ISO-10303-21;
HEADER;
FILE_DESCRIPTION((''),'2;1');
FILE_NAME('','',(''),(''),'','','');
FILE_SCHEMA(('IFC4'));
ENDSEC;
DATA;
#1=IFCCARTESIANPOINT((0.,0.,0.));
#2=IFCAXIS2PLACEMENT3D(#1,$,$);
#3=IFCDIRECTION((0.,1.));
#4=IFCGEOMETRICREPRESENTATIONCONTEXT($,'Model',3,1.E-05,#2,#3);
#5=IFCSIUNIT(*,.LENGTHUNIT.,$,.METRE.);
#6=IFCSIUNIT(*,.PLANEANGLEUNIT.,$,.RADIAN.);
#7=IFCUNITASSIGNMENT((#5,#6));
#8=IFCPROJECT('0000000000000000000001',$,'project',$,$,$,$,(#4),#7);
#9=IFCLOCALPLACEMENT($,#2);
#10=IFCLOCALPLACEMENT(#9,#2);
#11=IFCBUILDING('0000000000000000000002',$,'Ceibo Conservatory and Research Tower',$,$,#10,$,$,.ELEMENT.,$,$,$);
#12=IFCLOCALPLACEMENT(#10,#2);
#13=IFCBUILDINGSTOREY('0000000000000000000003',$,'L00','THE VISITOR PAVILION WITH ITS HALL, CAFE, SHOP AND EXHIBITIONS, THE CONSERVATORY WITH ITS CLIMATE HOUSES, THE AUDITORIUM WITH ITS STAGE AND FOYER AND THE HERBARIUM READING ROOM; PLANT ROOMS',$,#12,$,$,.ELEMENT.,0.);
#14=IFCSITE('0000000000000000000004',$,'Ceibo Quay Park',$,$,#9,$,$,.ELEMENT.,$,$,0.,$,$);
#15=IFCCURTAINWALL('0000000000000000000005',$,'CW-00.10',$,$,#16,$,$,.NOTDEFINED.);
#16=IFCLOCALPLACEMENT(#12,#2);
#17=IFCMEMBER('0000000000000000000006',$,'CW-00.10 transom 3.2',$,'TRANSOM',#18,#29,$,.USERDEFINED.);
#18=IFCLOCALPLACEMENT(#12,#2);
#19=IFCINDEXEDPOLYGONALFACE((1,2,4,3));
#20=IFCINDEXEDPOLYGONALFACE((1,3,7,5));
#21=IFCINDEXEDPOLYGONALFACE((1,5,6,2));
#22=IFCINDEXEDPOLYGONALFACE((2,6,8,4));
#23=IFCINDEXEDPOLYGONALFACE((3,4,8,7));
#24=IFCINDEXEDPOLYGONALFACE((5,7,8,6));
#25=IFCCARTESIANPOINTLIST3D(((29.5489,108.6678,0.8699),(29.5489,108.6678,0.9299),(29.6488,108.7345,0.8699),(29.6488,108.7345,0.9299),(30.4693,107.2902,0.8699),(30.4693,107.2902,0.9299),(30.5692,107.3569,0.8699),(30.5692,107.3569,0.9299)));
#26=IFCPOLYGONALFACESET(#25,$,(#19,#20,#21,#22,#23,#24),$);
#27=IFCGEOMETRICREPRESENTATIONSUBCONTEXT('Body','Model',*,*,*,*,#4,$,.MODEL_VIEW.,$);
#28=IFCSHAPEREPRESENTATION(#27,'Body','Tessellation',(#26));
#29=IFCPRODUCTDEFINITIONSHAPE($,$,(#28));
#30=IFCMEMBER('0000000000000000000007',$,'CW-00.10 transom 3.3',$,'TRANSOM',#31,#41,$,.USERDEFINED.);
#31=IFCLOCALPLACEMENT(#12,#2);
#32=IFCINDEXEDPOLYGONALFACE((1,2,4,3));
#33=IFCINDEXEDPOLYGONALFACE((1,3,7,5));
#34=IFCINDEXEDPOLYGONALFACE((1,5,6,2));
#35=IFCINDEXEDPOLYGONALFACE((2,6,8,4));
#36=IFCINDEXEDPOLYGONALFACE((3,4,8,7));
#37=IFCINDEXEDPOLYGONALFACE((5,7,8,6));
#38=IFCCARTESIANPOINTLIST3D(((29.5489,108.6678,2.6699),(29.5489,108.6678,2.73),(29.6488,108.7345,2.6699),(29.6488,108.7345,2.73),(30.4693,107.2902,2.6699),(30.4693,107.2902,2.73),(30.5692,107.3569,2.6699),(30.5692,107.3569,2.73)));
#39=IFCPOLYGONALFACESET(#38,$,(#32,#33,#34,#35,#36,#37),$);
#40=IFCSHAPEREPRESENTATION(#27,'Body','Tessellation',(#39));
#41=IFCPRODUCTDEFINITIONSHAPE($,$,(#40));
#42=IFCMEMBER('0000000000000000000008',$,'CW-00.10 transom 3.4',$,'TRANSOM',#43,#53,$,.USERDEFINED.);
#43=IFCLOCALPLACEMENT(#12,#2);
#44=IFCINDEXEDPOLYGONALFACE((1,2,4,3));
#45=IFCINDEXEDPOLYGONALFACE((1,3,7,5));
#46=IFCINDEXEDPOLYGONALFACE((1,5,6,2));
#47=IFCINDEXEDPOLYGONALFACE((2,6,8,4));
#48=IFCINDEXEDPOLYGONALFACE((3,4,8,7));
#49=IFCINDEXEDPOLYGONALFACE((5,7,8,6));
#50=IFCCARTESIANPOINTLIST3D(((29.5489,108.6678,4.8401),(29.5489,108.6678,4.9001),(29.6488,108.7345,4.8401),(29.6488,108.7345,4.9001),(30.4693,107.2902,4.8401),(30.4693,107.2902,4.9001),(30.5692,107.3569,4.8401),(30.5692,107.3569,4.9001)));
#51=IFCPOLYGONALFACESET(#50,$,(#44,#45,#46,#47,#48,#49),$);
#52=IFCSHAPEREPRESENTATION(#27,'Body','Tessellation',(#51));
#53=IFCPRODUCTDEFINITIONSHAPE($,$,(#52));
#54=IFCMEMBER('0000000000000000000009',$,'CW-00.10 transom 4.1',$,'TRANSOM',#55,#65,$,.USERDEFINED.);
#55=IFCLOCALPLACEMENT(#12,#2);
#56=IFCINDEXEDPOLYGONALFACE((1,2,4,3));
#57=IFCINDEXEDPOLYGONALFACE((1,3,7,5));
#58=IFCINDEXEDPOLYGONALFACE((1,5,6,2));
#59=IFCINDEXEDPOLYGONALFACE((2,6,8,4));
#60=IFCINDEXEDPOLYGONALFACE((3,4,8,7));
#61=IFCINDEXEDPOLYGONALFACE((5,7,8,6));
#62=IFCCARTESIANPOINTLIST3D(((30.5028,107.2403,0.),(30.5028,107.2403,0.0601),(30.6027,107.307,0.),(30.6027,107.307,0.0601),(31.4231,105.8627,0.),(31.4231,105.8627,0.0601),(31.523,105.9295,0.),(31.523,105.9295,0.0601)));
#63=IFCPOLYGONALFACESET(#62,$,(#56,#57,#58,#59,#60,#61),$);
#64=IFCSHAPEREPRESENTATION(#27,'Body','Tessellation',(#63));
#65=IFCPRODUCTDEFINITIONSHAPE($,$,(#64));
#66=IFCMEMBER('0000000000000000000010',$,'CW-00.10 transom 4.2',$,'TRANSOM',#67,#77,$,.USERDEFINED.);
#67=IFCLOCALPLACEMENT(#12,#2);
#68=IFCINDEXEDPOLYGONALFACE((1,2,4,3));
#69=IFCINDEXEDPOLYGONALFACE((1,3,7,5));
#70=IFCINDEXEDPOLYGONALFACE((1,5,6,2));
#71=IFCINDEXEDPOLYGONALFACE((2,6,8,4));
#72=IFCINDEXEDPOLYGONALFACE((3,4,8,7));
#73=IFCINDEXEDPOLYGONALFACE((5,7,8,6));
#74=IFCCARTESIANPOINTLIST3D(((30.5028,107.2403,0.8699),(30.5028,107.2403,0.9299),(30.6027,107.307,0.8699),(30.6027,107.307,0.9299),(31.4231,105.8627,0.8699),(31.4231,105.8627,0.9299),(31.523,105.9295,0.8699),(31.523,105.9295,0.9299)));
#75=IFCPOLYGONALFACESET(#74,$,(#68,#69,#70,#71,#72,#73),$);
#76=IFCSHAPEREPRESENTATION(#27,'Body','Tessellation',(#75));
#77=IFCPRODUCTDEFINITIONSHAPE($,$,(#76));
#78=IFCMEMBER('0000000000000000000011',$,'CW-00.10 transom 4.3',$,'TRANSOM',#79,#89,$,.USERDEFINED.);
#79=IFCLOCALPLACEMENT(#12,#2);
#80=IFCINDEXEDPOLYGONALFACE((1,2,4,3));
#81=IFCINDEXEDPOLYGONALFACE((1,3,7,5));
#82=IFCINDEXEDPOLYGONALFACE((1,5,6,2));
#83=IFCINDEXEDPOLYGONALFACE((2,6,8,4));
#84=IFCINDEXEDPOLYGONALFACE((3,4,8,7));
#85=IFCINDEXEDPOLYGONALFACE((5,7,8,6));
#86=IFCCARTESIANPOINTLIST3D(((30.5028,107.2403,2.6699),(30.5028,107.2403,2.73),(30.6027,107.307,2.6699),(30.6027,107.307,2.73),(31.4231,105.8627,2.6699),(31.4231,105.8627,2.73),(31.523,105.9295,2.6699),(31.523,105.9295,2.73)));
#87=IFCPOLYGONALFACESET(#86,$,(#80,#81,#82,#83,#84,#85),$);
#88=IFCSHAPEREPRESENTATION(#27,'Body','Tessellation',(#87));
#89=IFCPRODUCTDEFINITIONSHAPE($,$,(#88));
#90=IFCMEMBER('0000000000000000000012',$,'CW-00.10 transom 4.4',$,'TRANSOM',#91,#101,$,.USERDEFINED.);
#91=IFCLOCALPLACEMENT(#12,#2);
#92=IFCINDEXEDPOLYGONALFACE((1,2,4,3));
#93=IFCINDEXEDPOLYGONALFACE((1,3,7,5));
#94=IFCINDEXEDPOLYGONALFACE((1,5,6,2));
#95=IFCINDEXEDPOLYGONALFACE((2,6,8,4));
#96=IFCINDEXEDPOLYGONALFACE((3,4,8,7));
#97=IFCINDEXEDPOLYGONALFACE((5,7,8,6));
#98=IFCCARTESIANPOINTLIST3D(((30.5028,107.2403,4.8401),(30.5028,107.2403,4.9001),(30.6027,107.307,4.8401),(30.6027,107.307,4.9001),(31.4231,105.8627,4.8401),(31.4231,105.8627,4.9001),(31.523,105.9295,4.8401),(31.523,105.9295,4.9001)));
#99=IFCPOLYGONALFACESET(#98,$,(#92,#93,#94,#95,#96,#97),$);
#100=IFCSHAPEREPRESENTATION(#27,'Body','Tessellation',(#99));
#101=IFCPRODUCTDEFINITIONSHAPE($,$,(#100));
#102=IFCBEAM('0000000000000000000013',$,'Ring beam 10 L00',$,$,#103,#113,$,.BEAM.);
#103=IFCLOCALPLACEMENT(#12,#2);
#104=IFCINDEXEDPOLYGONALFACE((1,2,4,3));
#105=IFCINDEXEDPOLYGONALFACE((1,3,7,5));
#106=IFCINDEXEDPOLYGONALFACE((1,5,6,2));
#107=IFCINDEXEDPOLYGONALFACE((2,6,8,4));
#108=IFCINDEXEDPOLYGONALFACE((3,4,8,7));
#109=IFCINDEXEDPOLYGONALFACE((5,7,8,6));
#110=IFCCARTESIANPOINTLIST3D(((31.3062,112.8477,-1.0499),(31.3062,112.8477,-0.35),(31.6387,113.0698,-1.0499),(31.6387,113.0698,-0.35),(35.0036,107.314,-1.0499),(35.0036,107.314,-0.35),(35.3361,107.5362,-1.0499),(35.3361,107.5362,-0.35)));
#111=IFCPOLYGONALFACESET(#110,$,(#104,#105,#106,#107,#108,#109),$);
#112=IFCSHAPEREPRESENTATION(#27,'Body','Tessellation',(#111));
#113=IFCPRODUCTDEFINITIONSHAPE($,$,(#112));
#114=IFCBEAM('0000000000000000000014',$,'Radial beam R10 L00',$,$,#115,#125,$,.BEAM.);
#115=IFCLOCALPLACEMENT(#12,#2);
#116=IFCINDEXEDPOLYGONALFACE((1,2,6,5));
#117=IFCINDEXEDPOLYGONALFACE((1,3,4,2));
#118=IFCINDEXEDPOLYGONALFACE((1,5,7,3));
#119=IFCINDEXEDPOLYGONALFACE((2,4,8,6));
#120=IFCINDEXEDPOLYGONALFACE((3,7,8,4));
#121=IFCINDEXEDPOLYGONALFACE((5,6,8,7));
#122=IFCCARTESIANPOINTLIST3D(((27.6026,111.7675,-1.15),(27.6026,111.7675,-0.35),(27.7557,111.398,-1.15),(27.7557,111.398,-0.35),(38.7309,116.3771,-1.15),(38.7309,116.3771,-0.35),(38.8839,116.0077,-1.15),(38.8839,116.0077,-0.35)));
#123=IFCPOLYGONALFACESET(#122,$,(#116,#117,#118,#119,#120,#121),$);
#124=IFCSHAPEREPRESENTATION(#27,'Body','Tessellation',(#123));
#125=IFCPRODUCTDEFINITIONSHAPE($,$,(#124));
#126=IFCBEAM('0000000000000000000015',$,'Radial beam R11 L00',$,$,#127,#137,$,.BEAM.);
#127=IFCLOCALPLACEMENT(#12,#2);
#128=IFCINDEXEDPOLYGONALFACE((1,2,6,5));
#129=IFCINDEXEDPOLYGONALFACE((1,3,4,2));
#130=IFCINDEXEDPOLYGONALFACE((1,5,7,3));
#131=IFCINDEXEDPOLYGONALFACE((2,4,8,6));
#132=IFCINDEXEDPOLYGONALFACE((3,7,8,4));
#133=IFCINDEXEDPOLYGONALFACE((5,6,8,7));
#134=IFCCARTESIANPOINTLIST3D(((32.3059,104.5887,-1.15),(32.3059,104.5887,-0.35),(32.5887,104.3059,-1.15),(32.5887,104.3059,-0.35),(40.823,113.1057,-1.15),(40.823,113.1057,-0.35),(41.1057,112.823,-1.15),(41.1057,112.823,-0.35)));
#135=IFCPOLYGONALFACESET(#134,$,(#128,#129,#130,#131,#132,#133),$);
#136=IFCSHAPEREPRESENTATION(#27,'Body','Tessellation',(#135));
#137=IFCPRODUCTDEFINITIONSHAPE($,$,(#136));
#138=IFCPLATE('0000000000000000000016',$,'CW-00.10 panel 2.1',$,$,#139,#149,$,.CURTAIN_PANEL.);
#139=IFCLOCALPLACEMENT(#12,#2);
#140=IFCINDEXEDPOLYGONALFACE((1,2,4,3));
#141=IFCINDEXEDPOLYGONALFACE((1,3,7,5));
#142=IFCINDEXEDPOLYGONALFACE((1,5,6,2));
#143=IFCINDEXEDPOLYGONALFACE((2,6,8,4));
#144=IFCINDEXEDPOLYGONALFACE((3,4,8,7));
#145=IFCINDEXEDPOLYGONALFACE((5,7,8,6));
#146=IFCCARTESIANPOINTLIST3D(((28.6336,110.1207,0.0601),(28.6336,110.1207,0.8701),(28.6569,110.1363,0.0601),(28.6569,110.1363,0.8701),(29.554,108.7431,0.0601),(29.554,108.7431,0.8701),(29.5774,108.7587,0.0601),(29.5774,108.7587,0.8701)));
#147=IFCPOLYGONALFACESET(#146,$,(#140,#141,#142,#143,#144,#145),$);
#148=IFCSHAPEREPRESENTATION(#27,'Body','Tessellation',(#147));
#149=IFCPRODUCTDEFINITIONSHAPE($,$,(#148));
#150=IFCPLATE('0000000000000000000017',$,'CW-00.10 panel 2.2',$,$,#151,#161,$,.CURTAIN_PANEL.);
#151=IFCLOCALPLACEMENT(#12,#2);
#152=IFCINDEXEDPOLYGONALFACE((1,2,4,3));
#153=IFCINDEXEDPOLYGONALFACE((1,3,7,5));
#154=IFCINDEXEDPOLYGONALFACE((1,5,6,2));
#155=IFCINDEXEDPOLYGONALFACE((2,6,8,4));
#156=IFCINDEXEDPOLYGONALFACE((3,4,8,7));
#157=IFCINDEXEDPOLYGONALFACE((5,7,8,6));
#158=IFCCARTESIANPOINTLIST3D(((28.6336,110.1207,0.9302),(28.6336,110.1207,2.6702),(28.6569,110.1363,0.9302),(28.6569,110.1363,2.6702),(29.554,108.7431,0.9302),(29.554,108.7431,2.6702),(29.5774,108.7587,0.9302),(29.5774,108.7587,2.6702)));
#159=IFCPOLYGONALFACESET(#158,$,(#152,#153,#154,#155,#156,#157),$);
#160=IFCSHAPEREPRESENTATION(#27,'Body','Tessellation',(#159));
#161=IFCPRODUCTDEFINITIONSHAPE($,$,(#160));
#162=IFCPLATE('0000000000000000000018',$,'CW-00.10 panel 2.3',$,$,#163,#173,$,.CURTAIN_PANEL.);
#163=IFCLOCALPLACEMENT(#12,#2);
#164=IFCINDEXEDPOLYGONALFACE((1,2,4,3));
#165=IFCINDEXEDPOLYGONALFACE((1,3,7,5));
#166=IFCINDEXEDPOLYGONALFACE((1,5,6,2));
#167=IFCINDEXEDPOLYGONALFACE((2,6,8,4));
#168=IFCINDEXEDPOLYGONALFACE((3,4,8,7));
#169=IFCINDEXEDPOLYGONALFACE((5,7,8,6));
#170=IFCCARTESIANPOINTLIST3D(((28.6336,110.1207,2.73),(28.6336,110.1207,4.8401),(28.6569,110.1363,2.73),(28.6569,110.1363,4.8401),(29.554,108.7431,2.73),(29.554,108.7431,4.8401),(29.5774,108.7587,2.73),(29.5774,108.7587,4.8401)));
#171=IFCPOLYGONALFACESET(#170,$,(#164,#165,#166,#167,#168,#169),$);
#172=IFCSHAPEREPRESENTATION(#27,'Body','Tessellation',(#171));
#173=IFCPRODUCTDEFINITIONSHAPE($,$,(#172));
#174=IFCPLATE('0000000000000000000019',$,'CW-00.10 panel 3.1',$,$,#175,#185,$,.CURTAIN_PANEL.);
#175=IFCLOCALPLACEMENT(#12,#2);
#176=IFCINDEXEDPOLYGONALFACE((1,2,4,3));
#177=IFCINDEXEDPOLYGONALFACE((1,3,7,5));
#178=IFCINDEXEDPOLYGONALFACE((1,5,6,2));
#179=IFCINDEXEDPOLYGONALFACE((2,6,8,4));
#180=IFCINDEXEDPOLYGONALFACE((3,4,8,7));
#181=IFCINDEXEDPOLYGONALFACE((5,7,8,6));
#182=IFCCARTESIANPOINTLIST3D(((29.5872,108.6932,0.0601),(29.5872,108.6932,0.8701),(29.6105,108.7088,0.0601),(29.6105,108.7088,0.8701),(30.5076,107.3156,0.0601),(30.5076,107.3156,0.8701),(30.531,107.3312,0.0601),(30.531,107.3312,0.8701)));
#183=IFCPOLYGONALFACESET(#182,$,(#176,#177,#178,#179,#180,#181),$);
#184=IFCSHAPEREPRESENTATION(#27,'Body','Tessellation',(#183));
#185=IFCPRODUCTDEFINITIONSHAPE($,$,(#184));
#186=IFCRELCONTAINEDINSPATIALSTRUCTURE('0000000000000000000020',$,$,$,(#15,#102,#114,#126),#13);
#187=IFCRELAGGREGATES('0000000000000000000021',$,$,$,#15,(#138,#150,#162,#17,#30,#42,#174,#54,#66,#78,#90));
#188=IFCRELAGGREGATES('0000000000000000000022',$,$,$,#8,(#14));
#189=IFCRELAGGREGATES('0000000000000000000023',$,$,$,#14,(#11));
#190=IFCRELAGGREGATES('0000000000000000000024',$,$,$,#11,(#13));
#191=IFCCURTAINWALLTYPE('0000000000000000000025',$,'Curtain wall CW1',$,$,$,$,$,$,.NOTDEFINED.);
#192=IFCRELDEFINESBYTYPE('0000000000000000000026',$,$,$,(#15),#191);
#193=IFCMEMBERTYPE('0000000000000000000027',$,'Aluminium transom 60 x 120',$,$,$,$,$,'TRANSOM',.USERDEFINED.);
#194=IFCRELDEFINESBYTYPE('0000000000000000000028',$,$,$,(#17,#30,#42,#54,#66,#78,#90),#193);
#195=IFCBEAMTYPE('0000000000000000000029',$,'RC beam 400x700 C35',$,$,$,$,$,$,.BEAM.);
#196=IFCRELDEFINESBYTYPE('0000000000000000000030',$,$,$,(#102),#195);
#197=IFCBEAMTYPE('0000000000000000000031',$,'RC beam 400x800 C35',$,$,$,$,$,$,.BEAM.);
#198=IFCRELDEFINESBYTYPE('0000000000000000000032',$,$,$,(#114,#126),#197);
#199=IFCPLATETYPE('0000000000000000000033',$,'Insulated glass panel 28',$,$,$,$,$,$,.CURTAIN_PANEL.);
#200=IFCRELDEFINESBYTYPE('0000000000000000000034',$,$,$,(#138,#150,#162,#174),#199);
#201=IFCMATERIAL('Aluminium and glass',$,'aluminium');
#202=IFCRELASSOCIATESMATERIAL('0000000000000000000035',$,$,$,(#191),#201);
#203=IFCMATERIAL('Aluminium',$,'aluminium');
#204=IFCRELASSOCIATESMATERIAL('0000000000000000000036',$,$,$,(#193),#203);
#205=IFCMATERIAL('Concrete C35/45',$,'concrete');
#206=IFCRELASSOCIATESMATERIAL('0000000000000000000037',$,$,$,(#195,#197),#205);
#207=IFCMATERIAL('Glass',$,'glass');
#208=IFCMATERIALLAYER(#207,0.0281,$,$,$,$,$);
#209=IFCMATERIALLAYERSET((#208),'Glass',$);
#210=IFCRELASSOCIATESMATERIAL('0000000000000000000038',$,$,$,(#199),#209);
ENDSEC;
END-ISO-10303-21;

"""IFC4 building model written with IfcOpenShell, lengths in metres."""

from ifc_helpers import new_model, si_unit, direction, frame, origin, origin_2d, place, context, subcontext, project, spatial, rectangle, extrude, material, layer, layer_set, material_profile, profile_set, type_object, element, aggregate, save


model = new_model("IFC4")

# Units and contexts
model_context = context("Model", 3, precision=1e-05, world=origin(), true_north=direction((0.0, 1.0)))
body_context = subcontext(model_context, "Body", "Model", "MODEL_VIEW")
ifc_project = project(units=[si_unit("LENGTHUNIT", "METRE"), si_unit("PLANEANGLEUNIT", "RADIAN")], contexts=[model_context])

# Site, building, storey
site_placement = place(None, origin())
site = spatial("IfcSite", under=ifc_project, at=site_placement, Name="Ceibo Quay Park", CompositionType="ELEMENT", RefElevation=0.0)
building_placement = place(site_placement, origin())
building = spatial("IfcBuilding", under=site, at=building_placement, Name="Ceibo Conservatory and Research Tower", CompositionType="ELEMENT")
storey_placement = place(building_placement, origin())
storey = spatial("IfcBuildingStorey", under=building, at=storey_placement, Name="L00", Description="THE VISITOR PAVILION WITH ITS HALL, CAFE, SHOP AND EXHIBITIONS, THE CONSERVATORY WITH ITS CLIMATE HOUSES, THE AUDITORIUM WITH ITS STAGE AND FOYER AND THE HERBARIUM READING ROOM; PLANT ROOMS", CompositionType="ELEMENT", Elevation=0.0)

# Curtain wall, members
ifc_material_1 = material(Name="Aluminium and glass", Category="aluminium")
curtain_wall_type = type_object("IfcCurtainWallType", Name="Curtain wall CW1", PredefinedType="NOTDEFINED", material=ifc_material_1)
curtain_wall_placement = place(storey_placement, origin())
curtain_wall = element("IfcCurtainWall", 1, at=curtain_wall_placement, inside=storey, type_object=curtain_wall_type, Name="CW-00.10", PredefinedType="NOTDEFINED")
ifc_material_2 = material(Name="Aluminium", Category="aluminium")
ifc_material_profile_1 = material_profile(ifc_material_2, rectangle(XDim=0.1201, YDim=0.0601, at=origin_2d()), Name="Aluminium 60 x 120")
ifc_profile_set_1 = profile_set([ifc_material_profile_1], Name="Aluminium")
member_type_1 = type_object("IfcMemberType", Name="Aluminium transom 60 x 120", ElementType="TRANSOM", PredefinedType="USERDEFINED", material=ifc_profile_set_1)
member_1_placement = place(storey_placement, frame((29.5989, 108.7012, 0.8999), z_axis=(0.555516, -0.831506, 0.0), x_axis=(0.831506, 0.555516, 0.0)))
member_1 = element("IfcMember", 2, at=member_1_placement, type_object=member_type_1, Name="CW-00.10 transom 3.2", ObjectType="TRANSOM", PredefinedType="USERDEFINED", context=body_context, shape_type="SweptSolid", body=[
    extrude(rectangle(XDim=0.1201, YDim=0.0601, at=origin_2d()), origin(), (0.0, 0.0, 1.0), 1.6567),
])
member_2_placement = place(storey_placement, frame((29.5989, 108.7012, 2.7), z_axis=(0.555516, -0.831506, 0.0), x_axis=(0.831506, 0.555516, 0.0)))
member_2 = element("IfcMember", 3, at=member_2_placement, type_object=member_type_1, Name="CW-00.10 transom 3.3", ObjectType="TRANSOM", PredefinedType="USERDEFINED", context=body_context, shape_type="SweptSolid", body=[
    extrude(rectangle(XDim=0.1201, YDim=0.0601, at=origin_2d()), origin(), (0.0, 0.0, 1.0), 1.6567),
])
member_3_placement = place(storey_placement, frame((29.5989, 108.7012, 4.8701), z_axis=(0.555516, -0.831506, 0.0), x_axis=(0.831506, 0.555516, 0.0)))
member_3 = element("IfcMember", 4, at=member_3_placement, type_object=member_type_1, Name="CW-00.10 transom 3.4", ObjectType="TRANSOM", PredefinedType="USERDEFINED", context=body_context, shape_type="SweptSolid", body=[
    extrude(rectangle(XDim=0.1201, YDim=0.0601, at=origin_2d()), origin(), (0.0, 0.0, 1.0), 1.6567),
])
member_4_placement = place(storey_placement, frame((30.5527, 107.2737, 0.03), z_axis=(0.555516, -0.831506, 0.0), x_axis=(0.831506, 0.555516, 0.0)))
member_4 = element("IfcMember", 5, at=member_4_placement, type_object=member_type_1, Name="CW-00.10 transom 4.1", ObjectType="TRANSOM", PredefinedType="USERDEFINED", context=body_context, shape_type="SweptSolid", body=[
    extrude(rectangle(XDim=0.1201, YDim=0.0601, at=origin_2d()), origin(), (0.0, 0.0, 1.0), 1.6567),
])
member_5_placement = place(storey_placement, frame((30.5527, 107.2737, 0.8999), z_axis=(0.555516, -0.831506, 0.0), x_axis=(0.831506, 0.555516, 0.0)))
member_5 = element("IfcMember", 6, at=member_5_placement, type_object=member_type_1, Name="CW-00.10 transom 4.2", ObjectType="TRANSOM", PredefinedType="USERDEFINED", context=body_context, shape_type="SweptSolid", body=[
    extrude(rectangle(XDim=0.1201, YDim=0.0601, at=origin_2d()), origin(), (0.0, 0.0, 1.0), 1.6567),
])
member_6_placement = place(storey_placement, frame((30.5527, 107.2737, 2.7), z_axis=(0.555516, -0.831506, 0.0), x_axis=(0.831506, 0.555516, 0.0)))
member_6 = element("IfcMember", 7, at=member_6_placement, type_object=member_type_1, Name="CW-00.10 transom 4.3", ObjectType="TRANSOM", PredefinedType="USERDEFINED", context=body_context, shape_type="SweptSolid", body=[
    extrude(rectangle(XDim=0.1201, YDim=0.0601, at=origin_2d()), origin(), (0.0, 0.0, 1.0), 1.6567),
])
member_7_placement = place(storey_placement, frame((30.5527, 107.2737, 4.8701), z_axis=(0.555516, -0.831506, 0.0), x_axis=(0.831506, 0.555516, 0.0)))
member_7 = element("IfcMember", 8, at=member_7_placement, type_object=member_type_1, Name="CW-00.10 transom 4.4", ObjectType="TRANSOM", PredefinedType="USERDEFINED", context=body_context, shape_type="SweptSolid", body=[
    extrude(rectangle(XDim=0.1201, YDim=0.0601, at=origin_2d()), origin(), (0.0, 0.0, 1.0), 1.6567),
])

# Beams
ifc_material_3 = material(Name="Concrete C35/45", Category="concrete")
ifc_material_profile_2 = material_profile(ifc_material_3, rectangle(XDim=0.3999, YDim=0.7, at=origin_2d()), Name="RC 400x700")
ifc_profile_set_2 = profile_set([ifc_material_profile_2], Name="Concrete C35/45")
beam_type_1 = type_object("IfcBeamType", Name="RC beam 400x700 C35", PredefinedType="BEAM", material=ifc_profile_set_2)
beam_1_placement = place(storey_placement, frame((31.4724, 112.9587, -0.7), z_axis=(0.555572, -0.831469, 0.0), x_axis=(0.831469, 0.555572, 0.0)))
element("IfcBeam", 9, at=beam_1_placement, inside=storey, type_object=beam_type_1, Name="Ring beam 10 L00", PredefinedType="BEAM", context=body_context, shape_type="SweptSolid", body=[
    extrude(rectangle(XDim=0.3999, YDim=0.7, at=origin_2d()), origin(), (0.0, 0.0, 1.0), 6.6553),
])
ifc_material_profile_3 = material_profile(ifc_material_3, rectangle(XDim=0.3999, YDim=0.8, at=origin_2d()), Name="RC 400x800")
ifc_profile_set_3 = profile_set([ifc_material_profile_3], Name="Concrete C35/45")
beam_type_2 = type_object("IfcBeamType", Name="RC beam 400x800 C35", PredefinedType="BEAM", material=ifc_profile_set_3)
beam_2_placement = place(storey_placement, frame((38.8074, 116.1924, -0.75), z_axis=(-0.923874, -0.382696, 0.0), x_axis=(0.382696, -0.923874, 0.0)))
element("IfcBeam", 10, at=beam_2_placement, inside=storey, type_object=beam_type_2, Name="Radial beam R10 L00", PredefinedType="BEAM", context=body_context, shape_type="SweptSolid", body=[
    extrude(rectangle(XDim=0.3999, YDim=0.8, at=origin_2d()), origin(), (0.0, 0.0, 1.0), 12.0452),
])
beam_3_placement = place(storey_placement, frame((40.9644, 112.9644, -0.75), z_axis=(-0.707107, -0.707107, 0.0), x_axis=(0.707107, -0.707107, 0.0)))
element("IfcBeam", 11, at=beam_3_placement, inside=storey, type_object=beam_type_2, Name="Radial beam R11 L00", PredefinedType="BEAM", context=body_context, shape_type="SweptSolid", body=[
    extrude(rectangle(XDim=0.3999, YDim=0.8, at=origin_2d()), origin(), (0.0, 0.0, 1.0), 12.0449),
])

# Plates
ifc_material_4 = material(Name="Glass", Category="glass")
ifc_layer_1 = layer(ifc_material_4, 0.0281)
ifc_layer_set_1 = layer_set([ifc_layer_1], Name="Glass")
plate_type = type_object("IfcPlateType", Name="Insulated glass panel 28", PredefinedType="CURTAIN_PANEL", material=ifc_layer_set_1)
plate_1_placement = place(storey_placement, frame((29.1055, 109.4397, 0.0601), z_axis=(0.0, 0.0, 1.0), x_axis=(0.55557, -0.83147, 0.0)))
plate_1 = element("IfcPlate", 12, at=plate_1_placement, type_object=plate_type, Name="CW-00.10 panel 2.1", PredefinedType="CURTAIN_PANEL", context=body_context, shape_type="SweptSolid", body=[
    extrude(rectangle(XDim=1.6567, YDim=0.0281, at=origin_2d()), origin(), (0.0, 0.0, 1.0), 0.8101),
])
plate_2_placement = place(storey_placement, frame((29.1055, 109.4397, 0.9302), z_axis=(0.0, 0.0, 1.0), x_axis=(0.55557, -0.83147, 0.0)))
plate_2 = element("IfcPlate", 13, at=plate_2_placement, type_object=plate_type, Name="CW-00.10 panel 2.2", PredefinedType="CURTAIN_PANEL", context=body_context, shape_type="SweptSolid", body=[
    extrude(rectangle(XDim=1.6567, YDim=0.0281, at=origin_2d()), origin(), (0.0, 0.0, 1.0), 1.74),
])
plate_3_placement = place(storey_placement, frame((29.1055, 109.4397, 2.73), z_axis=(0.0, 0.0, 1.0), x_axis=(0.55557, -0.83147, 0.0)))
plate_3 = element("IfcPlate", 14, at=plate_3_placement, type_object=plate_type, Name="CW-00.10 panel 2.3", PredefinedType="CURTAIN_PANEL", context=body_context, shape_type="SweptSolid", body=[
    extrude(rectangle(XDim=1.6567, YDim=0.0281, at=origin_2d()), origin(), (0.0, 0.0, 1.0), 2.1101),
])
plate_4_placement = place(storey_placement, frame((30.0591, 108.0122, 0.0601), z_axis=(0.0, 0.0, 1.0), x_axis=(0.55557, -0.83147, 0.0)))
plate_4 = element("IfcPlate", 15, at=plate_4_placement, type_object=plate_type, Name="CW-00.10 panel 3.1", PredefinedType="CURTAIN_PANEL", context=body_context, shape_type="SweptSolid", body=[
    extrude(rectangle(XDim=1.6567, YDim=0.0281, at=origin_2d()), origin(), (0.0, 0.0, 1.0), 0.8101),
])
aggregate(curtain_wall, [plate_1, plate_2, plate_3, member_1, member_2, member_3, plate_4, member_4, member_5, member_6, member_7])

save(model, "model.ifc")
